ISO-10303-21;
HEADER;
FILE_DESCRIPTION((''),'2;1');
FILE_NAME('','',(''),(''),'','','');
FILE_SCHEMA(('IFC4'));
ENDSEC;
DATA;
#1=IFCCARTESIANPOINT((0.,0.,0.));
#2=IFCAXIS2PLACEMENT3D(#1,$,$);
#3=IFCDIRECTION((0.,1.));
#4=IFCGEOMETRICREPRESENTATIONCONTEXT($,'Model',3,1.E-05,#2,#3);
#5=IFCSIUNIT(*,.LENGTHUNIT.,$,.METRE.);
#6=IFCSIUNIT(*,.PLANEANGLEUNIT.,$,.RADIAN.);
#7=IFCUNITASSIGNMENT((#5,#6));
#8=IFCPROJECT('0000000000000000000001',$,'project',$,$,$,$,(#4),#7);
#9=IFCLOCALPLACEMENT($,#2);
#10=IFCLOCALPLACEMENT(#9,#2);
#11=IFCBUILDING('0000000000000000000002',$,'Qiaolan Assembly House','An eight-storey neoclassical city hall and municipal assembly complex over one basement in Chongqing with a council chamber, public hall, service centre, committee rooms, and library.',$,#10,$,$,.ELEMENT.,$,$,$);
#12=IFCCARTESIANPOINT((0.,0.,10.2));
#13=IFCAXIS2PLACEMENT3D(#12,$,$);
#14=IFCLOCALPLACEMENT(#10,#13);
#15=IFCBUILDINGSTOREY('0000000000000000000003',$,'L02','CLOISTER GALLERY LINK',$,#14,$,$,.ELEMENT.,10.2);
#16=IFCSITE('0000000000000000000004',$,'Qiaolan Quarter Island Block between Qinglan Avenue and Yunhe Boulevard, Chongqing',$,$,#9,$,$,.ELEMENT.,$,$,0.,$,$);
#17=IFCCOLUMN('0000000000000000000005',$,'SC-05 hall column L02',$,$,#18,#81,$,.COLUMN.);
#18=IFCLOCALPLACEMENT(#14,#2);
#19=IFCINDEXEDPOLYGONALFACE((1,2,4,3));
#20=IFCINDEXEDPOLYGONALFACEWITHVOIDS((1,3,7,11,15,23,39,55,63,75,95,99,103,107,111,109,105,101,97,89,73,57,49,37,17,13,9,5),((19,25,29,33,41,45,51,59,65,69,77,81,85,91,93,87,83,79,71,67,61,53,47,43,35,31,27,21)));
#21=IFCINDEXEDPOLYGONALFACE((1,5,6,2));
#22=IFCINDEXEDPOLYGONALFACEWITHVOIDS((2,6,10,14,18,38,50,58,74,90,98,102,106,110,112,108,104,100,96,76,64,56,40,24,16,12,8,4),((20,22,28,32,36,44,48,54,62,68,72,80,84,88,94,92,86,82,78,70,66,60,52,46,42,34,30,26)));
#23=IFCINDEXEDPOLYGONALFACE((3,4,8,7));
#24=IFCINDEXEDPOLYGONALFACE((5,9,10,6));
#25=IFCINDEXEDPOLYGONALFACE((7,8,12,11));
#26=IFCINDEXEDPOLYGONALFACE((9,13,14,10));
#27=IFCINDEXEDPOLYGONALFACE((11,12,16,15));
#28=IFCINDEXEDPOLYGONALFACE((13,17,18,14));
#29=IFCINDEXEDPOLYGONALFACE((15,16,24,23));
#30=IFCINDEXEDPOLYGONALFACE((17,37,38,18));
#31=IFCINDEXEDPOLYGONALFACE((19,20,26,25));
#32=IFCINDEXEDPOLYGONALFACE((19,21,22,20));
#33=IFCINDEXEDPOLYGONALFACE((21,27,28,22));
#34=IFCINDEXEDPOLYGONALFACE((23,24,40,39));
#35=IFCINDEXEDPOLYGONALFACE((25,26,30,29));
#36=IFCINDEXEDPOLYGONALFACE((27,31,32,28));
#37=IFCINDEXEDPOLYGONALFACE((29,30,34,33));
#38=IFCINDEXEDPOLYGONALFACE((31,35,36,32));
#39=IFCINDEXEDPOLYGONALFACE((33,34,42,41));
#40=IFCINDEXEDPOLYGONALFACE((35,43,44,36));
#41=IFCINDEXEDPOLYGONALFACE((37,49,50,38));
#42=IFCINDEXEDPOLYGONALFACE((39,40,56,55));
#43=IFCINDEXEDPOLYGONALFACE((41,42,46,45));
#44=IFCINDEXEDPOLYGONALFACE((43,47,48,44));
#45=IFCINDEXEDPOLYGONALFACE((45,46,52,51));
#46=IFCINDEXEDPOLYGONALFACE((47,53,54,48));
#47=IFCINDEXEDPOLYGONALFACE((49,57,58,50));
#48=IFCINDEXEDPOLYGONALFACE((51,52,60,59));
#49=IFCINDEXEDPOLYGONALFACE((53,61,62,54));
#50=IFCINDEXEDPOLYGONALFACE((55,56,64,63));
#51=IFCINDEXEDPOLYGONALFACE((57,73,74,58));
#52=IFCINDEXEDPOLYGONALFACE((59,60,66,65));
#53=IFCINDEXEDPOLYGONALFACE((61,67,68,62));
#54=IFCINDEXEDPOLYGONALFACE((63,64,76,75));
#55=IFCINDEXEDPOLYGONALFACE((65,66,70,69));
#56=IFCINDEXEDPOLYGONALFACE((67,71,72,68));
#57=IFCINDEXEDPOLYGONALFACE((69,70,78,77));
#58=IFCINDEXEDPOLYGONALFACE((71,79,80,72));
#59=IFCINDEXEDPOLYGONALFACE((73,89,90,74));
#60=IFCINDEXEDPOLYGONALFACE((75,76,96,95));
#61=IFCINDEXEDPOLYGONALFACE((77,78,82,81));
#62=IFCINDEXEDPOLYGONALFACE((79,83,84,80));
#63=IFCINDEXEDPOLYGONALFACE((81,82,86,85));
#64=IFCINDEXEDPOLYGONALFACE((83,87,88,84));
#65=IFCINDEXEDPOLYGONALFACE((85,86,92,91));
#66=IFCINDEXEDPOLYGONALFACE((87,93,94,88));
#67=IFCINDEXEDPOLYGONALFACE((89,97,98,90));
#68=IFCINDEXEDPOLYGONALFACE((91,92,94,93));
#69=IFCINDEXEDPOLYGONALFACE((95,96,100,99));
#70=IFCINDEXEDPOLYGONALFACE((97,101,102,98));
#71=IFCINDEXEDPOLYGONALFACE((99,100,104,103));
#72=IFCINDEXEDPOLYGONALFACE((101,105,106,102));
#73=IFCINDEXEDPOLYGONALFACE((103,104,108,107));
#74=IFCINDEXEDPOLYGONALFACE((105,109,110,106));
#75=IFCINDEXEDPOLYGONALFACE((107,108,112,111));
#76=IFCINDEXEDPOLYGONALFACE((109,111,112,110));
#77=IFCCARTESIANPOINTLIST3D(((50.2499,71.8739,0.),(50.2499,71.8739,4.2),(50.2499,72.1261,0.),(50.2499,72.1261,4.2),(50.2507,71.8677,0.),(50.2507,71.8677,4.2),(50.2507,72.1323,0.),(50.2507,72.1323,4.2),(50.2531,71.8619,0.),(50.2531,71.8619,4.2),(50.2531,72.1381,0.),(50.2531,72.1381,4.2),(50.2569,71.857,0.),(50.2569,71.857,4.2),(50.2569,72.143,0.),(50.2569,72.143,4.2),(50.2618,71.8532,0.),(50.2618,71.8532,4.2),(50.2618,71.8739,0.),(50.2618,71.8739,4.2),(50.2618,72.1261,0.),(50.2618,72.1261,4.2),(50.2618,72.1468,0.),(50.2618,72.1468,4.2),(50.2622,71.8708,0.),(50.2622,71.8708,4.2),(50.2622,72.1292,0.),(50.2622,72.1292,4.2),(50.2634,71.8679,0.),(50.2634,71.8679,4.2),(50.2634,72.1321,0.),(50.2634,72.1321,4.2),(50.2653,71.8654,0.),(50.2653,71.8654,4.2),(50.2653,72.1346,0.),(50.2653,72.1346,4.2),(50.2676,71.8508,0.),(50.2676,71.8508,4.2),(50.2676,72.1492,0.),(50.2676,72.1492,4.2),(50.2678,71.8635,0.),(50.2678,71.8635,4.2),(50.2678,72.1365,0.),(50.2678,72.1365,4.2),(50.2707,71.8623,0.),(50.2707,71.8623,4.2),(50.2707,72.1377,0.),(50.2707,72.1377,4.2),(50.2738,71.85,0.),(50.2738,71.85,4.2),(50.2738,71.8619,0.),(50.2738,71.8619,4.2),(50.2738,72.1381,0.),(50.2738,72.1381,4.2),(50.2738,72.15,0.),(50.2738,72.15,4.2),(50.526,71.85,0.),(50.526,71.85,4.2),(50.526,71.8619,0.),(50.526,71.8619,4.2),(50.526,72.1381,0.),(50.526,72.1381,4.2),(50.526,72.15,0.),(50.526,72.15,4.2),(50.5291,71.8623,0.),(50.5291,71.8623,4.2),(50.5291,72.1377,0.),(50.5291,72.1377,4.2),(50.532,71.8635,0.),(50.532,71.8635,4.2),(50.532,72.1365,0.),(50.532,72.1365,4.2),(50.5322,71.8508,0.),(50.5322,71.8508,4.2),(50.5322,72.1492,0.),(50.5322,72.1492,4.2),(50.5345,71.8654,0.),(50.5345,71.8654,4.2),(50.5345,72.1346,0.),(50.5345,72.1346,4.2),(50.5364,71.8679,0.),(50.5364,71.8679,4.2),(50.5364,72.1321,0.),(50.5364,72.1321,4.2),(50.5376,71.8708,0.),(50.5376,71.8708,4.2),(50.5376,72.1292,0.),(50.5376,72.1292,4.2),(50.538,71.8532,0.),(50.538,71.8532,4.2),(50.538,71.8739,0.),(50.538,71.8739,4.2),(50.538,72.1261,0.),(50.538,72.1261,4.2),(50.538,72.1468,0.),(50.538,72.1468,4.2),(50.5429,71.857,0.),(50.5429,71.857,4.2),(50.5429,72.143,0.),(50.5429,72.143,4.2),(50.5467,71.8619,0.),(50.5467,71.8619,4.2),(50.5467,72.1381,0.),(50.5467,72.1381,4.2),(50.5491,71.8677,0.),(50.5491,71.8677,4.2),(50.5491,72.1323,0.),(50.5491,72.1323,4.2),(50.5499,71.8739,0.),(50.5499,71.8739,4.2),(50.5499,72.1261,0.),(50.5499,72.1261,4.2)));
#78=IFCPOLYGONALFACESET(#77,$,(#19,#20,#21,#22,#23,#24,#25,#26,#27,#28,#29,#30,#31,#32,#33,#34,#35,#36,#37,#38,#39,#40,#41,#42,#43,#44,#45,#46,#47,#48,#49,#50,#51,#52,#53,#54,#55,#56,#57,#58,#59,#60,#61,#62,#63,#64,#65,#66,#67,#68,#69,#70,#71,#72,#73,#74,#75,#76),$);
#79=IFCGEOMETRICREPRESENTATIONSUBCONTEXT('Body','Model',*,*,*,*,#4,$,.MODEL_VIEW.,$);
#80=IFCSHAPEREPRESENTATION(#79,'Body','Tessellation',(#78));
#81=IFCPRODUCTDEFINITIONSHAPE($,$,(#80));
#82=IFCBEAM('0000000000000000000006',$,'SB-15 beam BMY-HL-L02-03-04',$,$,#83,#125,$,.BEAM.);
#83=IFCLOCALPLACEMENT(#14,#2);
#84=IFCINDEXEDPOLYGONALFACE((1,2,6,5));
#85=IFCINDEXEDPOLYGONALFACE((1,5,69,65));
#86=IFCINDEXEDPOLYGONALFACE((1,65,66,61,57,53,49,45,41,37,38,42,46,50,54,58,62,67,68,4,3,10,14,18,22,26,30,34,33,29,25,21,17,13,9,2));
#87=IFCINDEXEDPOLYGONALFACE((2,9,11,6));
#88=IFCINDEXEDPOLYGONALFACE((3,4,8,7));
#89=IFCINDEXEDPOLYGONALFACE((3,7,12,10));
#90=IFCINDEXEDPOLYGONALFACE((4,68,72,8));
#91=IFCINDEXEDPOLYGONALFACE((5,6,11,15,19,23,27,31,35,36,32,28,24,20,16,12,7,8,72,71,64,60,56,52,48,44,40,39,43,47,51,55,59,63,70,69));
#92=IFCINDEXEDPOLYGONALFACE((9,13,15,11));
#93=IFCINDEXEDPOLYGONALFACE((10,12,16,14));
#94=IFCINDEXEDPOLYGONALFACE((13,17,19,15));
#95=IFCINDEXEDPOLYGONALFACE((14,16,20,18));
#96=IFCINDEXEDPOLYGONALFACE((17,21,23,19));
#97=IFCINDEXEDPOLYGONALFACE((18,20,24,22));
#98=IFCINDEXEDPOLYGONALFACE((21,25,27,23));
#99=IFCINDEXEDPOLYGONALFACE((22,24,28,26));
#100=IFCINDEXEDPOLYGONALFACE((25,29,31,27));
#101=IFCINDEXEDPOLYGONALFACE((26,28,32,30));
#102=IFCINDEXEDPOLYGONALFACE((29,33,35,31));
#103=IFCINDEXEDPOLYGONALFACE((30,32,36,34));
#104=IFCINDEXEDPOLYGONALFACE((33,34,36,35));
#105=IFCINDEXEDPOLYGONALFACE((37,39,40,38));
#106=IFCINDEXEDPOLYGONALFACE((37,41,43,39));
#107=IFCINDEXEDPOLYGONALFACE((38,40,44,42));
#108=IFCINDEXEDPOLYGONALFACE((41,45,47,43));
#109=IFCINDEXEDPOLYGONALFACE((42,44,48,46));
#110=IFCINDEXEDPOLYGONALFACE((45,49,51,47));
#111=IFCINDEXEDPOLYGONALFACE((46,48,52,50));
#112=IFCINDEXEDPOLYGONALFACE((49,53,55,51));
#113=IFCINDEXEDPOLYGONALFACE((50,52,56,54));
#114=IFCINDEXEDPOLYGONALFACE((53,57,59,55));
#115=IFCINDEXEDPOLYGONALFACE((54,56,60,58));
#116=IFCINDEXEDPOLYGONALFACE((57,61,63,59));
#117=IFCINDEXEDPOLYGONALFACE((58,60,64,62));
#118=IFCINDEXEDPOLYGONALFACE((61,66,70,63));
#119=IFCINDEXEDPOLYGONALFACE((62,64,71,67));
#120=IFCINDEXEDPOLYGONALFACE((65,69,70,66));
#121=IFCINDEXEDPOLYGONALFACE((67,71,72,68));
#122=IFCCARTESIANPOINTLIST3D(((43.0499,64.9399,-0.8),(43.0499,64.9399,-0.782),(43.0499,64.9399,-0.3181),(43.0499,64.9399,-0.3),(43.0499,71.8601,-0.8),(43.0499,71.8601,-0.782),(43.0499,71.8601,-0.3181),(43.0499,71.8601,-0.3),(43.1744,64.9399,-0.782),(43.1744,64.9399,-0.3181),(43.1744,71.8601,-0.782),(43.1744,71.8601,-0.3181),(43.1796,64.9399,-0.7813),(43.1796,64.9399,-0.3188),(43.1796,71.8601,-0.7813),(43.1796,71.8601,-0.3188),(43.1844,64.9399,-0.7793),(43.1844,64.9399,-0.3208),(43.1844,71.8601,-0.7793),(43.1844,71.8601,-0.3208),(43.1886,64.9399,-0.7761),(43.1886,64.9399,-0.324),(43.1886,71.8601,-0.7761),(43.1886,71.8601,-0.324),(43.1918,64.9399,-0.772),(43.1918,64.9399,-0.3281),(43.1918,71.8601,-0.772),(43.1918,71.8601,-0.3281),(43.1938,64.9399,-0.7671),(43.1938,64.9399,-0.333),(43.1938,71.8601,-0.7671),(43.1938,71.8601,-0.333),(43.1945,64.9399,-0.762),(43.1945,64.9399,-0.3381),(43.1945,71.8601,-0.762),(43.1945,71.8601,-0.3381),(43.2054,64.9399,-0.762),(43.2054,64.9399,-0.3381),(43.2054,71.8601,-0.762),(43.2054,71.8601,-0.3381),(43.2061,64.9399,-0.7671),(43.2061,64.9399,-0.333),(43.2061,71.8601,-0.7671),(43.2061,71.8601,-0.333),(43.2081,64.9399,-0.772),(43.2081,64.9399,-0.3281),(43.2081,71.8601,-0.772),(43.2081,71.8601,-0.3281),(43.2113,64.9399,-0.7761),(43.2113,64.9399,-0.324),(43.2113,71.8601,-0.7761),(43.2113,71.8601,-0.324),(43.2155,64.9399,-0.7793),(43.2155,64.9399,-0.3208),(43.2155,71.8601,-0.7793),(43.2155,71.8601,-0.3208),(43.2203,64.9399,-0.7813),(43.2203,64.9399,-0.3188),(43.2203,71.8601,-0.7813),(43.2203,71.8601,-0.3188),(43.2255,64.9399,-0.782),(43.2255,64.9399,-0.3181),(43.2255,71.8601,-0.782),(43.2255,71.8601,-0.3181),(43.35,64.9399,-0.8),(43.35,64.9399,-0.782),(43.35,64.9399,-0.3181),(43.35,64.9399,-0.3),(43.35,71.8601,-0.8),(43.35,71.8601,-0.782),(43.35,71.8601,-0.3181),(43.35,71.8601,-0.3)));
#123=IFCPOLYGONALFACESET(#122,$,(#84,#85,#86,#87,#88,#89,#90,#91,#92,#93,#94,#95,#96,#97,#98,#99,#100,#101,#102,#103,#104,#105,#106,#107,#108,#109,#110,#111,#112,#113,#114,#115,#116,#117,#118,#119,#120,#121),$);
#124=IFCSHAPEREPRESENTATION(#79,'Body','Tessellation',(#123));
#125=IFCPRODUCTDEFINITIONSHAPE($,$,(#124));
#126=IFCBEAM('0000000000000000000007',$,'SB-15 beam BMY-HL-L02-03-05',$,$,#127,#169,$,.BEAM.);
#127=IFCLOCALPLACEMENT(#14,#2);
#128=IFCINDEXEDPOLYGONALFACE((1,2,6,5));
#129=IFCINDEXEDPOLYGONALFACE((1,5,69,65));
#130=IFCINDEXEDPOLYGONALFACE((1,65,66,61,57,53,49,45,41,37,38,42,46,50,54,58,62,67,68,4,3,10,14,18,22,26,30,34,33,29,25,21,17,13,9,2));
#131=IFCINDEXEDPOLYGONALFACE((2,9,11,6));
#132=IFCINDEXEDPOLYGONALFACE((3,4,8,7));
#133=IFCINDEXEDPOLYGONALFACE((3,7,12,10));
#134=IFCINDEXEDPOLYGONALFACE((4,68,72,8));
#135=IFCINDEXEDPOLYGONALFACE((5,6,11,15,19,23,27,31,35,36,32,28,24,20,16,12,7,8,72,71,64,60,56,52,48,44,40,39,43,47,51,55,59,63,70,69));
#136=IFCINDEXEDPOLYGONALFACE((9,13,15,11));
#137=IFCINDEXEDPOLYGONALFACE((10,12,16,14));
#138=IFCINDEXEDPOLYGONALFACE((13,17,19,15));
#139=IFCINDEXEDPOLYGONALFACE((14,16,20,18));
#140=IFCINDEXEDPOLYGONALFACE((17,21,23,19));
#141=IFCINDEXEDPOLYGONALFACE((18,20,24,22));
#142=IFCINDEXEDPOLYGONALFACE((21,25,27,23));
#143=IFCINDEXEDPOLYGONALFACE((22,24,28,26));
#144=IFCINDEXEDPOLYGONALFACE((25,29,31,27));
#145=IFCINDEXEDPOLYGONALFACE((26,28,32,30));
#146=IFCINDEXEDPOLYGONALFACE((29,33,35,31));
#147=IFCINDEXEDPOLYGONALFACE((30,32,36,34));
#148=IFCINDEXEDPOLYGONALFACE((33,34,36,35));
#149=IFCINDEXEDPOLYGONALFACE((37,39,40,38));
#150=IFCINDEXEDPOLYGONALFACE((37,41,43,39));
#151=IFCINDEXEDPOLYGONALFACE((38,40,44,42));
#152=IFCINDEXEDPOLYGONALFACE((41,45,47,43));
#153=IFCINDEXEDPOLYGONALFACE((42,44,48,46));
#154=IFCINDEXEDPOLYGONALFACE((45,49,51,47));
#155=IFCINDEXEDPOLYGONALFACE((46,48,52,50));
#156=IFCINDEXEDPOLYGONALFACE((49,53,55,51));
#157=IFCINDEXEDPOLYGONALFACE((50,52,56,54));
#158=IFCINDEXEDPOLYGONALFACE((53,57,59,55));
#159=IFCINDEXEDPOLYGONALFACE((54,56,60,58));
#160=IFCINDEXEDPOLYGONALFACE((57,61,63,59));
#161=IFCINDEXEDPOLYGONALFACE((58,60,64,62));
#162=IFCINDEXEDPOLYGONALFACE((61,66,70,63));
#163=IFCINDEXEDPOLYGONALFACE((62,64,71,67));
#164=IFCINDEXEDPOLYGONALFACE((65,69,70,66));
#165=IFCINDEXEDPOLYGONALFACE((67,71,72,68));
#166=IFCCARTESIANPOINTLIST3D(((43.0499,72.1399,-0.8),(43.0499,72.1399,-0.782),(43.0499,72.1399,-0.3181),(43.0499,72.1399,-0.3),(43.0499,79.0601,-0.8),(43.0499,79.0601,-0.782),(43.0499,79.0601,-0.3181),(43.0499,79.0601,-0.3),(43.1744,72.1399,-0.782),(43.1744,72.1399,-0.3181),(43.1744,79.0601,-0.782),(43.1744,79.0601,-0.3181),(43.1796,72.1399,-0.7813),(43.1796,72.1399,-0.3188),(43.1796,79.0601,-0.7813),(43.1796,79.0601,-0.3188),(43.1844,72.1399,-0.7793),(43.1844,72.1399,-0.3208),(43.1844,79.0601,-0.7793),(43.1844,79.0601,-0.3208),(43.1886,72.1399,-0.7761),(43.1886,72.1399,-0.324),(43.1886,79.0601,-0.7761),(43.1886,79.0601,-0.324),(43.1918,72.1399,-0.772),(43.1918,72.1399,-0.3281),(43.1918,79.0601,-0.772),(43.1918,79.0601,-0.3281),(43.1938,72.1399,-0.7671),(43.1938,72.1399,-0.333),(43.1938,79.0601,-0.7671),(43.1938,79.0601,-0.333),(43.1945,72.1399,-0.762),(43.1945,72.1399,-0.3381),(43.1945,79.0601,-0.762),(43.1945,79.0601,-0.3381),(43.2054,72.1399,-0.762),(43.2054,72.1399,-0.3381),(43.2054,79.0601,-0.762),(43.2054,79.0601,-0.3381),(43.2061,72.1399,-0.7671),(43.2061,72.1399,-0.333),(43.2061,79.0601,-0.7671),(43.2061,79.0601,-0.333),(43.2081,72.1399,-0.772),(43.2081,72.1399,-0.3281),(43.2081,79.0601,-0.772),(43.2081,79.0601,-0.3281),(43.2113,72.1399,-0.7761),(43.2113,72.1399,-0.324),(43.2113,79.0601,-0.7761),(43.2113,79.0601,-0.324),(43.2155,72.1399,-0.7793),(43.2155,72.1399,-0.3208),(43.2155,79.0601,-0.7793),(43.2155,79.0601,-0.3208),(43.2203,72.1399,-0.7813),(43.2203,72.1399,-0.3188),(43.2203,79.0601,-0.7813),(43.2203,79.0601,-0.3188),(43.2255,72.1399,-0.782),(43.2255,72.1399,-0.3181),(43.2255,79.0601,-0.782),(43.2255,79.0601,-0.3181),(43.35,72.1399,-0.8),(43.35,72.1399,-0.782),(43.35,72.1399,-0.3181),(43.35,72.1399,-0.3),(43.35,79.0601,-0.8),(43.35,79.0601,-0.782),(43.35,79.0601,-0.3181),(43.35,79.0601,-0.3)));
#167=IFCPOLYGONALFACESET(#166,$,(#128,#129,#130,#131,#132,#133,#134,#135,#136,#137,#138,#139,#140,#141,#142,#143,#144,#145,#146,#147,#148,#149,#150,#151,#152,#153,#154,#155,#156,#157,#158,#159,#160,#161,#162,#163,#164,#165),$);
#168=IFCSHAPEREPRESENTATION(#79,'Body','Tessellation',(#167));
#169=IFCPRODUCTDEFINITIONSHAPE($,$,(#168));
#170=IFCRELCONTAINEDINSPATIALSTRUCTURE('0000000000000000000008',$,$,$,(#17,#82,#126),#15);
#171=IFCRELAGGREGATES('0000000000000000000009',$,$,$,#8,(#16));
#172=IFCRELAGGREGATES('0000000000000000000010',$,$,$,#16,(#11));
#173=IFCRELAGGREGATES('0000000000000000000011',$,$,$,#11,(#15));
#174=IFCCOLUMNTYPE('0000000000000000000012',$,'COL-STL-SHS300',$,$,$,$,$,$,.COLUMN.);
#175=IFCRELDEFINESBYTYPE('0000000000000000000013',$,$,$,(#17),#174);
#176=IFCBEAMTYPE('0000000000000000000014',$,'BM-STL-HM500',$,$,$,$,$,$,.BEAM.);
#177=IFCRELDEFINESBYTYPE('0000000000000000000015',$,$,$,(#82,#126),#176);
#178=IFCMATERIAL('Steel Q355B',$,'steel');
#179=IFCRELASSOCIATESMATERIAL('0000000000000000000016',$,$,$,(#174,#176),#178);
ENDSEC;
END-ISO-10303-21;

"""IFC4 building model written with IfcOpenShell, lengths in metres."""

from ifc_helpers import new_model, si_unit, direction, frame, origin, origin_2d, place, context, subcontext, project, spatial, hollow_rectangle, i_section, extrude, material, material_profile, profile_set, type_object, element, save


model = new_model("IFC4")

# Units and contexts
model_context = context("Model", 3, precision=1e-05, world=origin(), true_north=direction((0.0, 1.0)))
body_context = subcontext(model_context, "Body", "Model", "MODEL_VIEW")
ifc_project = project(units=[si_unit("LENGTHUNIT", "METRE"), si_unit("PLANEANGLEUNIT", "RADIAN")], contexts=[model_context])

# Site, building, storey
site_placement = place(None, origin())
site = spatial("IfcSite", under=ifc_project, at=site_placement, Name="Qiaolan Quarter Island Block between Qinglan Avenue and Yunhe Boulevard, Chongqing", CompositionType="ELEMENT", RefElevation=0.0)
building_placement = place(site_placement, origin())
building = spatial("IfcBuilding", under=site, at=building_placement, Name="Qiaolan Assembly House", Description="An eight-storey neoclassical city hall and municipal assembly complex over one basement in Chongqing with a council chamber, public hall, service centre, committee rooms, and library.", CompositionType="ELEMENT")
storey_placement = place(building_placement, frame((0.0, 0.0, 10.2)))
storey = spatial("IfcBuildingStorey", under=building, at=storey_placement, Name="L02", Description="CLOISTER GALLERY LINK", CompositionType="ELEMENT", Elevation=10.2)

# Column
ifc_material_1 = material(Name="Steel Q355B", Category="steel")
ifc_material_profile_1 = material_profile(ifc_material_1, hollow_rectangle(XDim=0.3, YDim=0.3, WallThickness=0.012, InnerFilletRadius=0.012, OuterFilletRadius=0.0239, at=origin_2d()), Name="SHS 300x300x12")
ifc_profile_set_1 = profile_set([ifc_material_profile_1], Name="Steel Q355B")
column_type = type_object("IfcColumnType", Name="COL-STL-SHS300", PredefinedType="COLUMN", material=ifc_profile_set_1)
for number, where, z_axis, x_axis, name in (
    (1, (50.3999, 72.0, 0.0), (0.0, 0.0, 1.0), (1.0, 0.0, 0.0), "SC-05 hall column L02"),
):
    element("IfcColumn", number, at=place(storey_placement, frame(where, z_axis=z_axis, x_axis=x_axis)), inside=storey, type_object=column_type, Name=name, PredefinedType="COLUMN", context=body_context, shape_type="SweptSolid", body=[
        extrude(hollow_rectangle(XDim=0.3, YDim=0.3, WallThickness=0.012, InnerFilletRadius=0.012, OuterFilletRadius=0.0239, at=origin_2d()), origin(), (0.0, 0.0, 1.0), 4.2),
    ])

# Beams
ifc_material_profile_2 = material_profile(ifc_material_1, i_section(OverallWidth=0.3, OverallDepth=0.5, WebThickness=0.011, FlangeThickness=0.0181, FilletRadius=0.02, at=origin_2d()), Name="HM 500x300x11x18")
ifc_profile_set_2 = profile_set([ifc_material_profile_2], Name="Steel Q355B")
beam_type_1 = type_object("IfcBeamType", Name="BM-STL-HM500", PredefinedType="BEAM", material=ifc_profile_set_2)
for number, where, z_axis, x_axis, name in (
    (2, (43.2, 64.9399, -0.55), (0.0, 1.0, 0.0), (-1.0, 0.0, 0.0), "SB-15 beam BMY-HL-L02-03-04"),
    (3, (43.2, 72.1399, -0.55), (0.0, 1.0, 0.0), (-1.0, 0.0, 0.0), "SB-15 beam BMY-HL-L02-03-05"),
):
    element("IfcBeam", number, at=place(storey_placement, frame(where, z_axis=z_axis, x_axis=x_axis)), inside=storey, type_object=beam_type_1, Name=name, PredefinedType="BEAM", context=body_context, shape_type="SweptSolid", body=[
        extrude(i_section(OverallWidth=0.3, OverallDepth=0.5, WebThickness=0.011, FlangeThickness=0.0181, FilletRadius=0.02, at=origin_2d()), origin(), (0.0, 0.0, 1.0), 6.9202),
    ])

save(model, "model.ifc")
